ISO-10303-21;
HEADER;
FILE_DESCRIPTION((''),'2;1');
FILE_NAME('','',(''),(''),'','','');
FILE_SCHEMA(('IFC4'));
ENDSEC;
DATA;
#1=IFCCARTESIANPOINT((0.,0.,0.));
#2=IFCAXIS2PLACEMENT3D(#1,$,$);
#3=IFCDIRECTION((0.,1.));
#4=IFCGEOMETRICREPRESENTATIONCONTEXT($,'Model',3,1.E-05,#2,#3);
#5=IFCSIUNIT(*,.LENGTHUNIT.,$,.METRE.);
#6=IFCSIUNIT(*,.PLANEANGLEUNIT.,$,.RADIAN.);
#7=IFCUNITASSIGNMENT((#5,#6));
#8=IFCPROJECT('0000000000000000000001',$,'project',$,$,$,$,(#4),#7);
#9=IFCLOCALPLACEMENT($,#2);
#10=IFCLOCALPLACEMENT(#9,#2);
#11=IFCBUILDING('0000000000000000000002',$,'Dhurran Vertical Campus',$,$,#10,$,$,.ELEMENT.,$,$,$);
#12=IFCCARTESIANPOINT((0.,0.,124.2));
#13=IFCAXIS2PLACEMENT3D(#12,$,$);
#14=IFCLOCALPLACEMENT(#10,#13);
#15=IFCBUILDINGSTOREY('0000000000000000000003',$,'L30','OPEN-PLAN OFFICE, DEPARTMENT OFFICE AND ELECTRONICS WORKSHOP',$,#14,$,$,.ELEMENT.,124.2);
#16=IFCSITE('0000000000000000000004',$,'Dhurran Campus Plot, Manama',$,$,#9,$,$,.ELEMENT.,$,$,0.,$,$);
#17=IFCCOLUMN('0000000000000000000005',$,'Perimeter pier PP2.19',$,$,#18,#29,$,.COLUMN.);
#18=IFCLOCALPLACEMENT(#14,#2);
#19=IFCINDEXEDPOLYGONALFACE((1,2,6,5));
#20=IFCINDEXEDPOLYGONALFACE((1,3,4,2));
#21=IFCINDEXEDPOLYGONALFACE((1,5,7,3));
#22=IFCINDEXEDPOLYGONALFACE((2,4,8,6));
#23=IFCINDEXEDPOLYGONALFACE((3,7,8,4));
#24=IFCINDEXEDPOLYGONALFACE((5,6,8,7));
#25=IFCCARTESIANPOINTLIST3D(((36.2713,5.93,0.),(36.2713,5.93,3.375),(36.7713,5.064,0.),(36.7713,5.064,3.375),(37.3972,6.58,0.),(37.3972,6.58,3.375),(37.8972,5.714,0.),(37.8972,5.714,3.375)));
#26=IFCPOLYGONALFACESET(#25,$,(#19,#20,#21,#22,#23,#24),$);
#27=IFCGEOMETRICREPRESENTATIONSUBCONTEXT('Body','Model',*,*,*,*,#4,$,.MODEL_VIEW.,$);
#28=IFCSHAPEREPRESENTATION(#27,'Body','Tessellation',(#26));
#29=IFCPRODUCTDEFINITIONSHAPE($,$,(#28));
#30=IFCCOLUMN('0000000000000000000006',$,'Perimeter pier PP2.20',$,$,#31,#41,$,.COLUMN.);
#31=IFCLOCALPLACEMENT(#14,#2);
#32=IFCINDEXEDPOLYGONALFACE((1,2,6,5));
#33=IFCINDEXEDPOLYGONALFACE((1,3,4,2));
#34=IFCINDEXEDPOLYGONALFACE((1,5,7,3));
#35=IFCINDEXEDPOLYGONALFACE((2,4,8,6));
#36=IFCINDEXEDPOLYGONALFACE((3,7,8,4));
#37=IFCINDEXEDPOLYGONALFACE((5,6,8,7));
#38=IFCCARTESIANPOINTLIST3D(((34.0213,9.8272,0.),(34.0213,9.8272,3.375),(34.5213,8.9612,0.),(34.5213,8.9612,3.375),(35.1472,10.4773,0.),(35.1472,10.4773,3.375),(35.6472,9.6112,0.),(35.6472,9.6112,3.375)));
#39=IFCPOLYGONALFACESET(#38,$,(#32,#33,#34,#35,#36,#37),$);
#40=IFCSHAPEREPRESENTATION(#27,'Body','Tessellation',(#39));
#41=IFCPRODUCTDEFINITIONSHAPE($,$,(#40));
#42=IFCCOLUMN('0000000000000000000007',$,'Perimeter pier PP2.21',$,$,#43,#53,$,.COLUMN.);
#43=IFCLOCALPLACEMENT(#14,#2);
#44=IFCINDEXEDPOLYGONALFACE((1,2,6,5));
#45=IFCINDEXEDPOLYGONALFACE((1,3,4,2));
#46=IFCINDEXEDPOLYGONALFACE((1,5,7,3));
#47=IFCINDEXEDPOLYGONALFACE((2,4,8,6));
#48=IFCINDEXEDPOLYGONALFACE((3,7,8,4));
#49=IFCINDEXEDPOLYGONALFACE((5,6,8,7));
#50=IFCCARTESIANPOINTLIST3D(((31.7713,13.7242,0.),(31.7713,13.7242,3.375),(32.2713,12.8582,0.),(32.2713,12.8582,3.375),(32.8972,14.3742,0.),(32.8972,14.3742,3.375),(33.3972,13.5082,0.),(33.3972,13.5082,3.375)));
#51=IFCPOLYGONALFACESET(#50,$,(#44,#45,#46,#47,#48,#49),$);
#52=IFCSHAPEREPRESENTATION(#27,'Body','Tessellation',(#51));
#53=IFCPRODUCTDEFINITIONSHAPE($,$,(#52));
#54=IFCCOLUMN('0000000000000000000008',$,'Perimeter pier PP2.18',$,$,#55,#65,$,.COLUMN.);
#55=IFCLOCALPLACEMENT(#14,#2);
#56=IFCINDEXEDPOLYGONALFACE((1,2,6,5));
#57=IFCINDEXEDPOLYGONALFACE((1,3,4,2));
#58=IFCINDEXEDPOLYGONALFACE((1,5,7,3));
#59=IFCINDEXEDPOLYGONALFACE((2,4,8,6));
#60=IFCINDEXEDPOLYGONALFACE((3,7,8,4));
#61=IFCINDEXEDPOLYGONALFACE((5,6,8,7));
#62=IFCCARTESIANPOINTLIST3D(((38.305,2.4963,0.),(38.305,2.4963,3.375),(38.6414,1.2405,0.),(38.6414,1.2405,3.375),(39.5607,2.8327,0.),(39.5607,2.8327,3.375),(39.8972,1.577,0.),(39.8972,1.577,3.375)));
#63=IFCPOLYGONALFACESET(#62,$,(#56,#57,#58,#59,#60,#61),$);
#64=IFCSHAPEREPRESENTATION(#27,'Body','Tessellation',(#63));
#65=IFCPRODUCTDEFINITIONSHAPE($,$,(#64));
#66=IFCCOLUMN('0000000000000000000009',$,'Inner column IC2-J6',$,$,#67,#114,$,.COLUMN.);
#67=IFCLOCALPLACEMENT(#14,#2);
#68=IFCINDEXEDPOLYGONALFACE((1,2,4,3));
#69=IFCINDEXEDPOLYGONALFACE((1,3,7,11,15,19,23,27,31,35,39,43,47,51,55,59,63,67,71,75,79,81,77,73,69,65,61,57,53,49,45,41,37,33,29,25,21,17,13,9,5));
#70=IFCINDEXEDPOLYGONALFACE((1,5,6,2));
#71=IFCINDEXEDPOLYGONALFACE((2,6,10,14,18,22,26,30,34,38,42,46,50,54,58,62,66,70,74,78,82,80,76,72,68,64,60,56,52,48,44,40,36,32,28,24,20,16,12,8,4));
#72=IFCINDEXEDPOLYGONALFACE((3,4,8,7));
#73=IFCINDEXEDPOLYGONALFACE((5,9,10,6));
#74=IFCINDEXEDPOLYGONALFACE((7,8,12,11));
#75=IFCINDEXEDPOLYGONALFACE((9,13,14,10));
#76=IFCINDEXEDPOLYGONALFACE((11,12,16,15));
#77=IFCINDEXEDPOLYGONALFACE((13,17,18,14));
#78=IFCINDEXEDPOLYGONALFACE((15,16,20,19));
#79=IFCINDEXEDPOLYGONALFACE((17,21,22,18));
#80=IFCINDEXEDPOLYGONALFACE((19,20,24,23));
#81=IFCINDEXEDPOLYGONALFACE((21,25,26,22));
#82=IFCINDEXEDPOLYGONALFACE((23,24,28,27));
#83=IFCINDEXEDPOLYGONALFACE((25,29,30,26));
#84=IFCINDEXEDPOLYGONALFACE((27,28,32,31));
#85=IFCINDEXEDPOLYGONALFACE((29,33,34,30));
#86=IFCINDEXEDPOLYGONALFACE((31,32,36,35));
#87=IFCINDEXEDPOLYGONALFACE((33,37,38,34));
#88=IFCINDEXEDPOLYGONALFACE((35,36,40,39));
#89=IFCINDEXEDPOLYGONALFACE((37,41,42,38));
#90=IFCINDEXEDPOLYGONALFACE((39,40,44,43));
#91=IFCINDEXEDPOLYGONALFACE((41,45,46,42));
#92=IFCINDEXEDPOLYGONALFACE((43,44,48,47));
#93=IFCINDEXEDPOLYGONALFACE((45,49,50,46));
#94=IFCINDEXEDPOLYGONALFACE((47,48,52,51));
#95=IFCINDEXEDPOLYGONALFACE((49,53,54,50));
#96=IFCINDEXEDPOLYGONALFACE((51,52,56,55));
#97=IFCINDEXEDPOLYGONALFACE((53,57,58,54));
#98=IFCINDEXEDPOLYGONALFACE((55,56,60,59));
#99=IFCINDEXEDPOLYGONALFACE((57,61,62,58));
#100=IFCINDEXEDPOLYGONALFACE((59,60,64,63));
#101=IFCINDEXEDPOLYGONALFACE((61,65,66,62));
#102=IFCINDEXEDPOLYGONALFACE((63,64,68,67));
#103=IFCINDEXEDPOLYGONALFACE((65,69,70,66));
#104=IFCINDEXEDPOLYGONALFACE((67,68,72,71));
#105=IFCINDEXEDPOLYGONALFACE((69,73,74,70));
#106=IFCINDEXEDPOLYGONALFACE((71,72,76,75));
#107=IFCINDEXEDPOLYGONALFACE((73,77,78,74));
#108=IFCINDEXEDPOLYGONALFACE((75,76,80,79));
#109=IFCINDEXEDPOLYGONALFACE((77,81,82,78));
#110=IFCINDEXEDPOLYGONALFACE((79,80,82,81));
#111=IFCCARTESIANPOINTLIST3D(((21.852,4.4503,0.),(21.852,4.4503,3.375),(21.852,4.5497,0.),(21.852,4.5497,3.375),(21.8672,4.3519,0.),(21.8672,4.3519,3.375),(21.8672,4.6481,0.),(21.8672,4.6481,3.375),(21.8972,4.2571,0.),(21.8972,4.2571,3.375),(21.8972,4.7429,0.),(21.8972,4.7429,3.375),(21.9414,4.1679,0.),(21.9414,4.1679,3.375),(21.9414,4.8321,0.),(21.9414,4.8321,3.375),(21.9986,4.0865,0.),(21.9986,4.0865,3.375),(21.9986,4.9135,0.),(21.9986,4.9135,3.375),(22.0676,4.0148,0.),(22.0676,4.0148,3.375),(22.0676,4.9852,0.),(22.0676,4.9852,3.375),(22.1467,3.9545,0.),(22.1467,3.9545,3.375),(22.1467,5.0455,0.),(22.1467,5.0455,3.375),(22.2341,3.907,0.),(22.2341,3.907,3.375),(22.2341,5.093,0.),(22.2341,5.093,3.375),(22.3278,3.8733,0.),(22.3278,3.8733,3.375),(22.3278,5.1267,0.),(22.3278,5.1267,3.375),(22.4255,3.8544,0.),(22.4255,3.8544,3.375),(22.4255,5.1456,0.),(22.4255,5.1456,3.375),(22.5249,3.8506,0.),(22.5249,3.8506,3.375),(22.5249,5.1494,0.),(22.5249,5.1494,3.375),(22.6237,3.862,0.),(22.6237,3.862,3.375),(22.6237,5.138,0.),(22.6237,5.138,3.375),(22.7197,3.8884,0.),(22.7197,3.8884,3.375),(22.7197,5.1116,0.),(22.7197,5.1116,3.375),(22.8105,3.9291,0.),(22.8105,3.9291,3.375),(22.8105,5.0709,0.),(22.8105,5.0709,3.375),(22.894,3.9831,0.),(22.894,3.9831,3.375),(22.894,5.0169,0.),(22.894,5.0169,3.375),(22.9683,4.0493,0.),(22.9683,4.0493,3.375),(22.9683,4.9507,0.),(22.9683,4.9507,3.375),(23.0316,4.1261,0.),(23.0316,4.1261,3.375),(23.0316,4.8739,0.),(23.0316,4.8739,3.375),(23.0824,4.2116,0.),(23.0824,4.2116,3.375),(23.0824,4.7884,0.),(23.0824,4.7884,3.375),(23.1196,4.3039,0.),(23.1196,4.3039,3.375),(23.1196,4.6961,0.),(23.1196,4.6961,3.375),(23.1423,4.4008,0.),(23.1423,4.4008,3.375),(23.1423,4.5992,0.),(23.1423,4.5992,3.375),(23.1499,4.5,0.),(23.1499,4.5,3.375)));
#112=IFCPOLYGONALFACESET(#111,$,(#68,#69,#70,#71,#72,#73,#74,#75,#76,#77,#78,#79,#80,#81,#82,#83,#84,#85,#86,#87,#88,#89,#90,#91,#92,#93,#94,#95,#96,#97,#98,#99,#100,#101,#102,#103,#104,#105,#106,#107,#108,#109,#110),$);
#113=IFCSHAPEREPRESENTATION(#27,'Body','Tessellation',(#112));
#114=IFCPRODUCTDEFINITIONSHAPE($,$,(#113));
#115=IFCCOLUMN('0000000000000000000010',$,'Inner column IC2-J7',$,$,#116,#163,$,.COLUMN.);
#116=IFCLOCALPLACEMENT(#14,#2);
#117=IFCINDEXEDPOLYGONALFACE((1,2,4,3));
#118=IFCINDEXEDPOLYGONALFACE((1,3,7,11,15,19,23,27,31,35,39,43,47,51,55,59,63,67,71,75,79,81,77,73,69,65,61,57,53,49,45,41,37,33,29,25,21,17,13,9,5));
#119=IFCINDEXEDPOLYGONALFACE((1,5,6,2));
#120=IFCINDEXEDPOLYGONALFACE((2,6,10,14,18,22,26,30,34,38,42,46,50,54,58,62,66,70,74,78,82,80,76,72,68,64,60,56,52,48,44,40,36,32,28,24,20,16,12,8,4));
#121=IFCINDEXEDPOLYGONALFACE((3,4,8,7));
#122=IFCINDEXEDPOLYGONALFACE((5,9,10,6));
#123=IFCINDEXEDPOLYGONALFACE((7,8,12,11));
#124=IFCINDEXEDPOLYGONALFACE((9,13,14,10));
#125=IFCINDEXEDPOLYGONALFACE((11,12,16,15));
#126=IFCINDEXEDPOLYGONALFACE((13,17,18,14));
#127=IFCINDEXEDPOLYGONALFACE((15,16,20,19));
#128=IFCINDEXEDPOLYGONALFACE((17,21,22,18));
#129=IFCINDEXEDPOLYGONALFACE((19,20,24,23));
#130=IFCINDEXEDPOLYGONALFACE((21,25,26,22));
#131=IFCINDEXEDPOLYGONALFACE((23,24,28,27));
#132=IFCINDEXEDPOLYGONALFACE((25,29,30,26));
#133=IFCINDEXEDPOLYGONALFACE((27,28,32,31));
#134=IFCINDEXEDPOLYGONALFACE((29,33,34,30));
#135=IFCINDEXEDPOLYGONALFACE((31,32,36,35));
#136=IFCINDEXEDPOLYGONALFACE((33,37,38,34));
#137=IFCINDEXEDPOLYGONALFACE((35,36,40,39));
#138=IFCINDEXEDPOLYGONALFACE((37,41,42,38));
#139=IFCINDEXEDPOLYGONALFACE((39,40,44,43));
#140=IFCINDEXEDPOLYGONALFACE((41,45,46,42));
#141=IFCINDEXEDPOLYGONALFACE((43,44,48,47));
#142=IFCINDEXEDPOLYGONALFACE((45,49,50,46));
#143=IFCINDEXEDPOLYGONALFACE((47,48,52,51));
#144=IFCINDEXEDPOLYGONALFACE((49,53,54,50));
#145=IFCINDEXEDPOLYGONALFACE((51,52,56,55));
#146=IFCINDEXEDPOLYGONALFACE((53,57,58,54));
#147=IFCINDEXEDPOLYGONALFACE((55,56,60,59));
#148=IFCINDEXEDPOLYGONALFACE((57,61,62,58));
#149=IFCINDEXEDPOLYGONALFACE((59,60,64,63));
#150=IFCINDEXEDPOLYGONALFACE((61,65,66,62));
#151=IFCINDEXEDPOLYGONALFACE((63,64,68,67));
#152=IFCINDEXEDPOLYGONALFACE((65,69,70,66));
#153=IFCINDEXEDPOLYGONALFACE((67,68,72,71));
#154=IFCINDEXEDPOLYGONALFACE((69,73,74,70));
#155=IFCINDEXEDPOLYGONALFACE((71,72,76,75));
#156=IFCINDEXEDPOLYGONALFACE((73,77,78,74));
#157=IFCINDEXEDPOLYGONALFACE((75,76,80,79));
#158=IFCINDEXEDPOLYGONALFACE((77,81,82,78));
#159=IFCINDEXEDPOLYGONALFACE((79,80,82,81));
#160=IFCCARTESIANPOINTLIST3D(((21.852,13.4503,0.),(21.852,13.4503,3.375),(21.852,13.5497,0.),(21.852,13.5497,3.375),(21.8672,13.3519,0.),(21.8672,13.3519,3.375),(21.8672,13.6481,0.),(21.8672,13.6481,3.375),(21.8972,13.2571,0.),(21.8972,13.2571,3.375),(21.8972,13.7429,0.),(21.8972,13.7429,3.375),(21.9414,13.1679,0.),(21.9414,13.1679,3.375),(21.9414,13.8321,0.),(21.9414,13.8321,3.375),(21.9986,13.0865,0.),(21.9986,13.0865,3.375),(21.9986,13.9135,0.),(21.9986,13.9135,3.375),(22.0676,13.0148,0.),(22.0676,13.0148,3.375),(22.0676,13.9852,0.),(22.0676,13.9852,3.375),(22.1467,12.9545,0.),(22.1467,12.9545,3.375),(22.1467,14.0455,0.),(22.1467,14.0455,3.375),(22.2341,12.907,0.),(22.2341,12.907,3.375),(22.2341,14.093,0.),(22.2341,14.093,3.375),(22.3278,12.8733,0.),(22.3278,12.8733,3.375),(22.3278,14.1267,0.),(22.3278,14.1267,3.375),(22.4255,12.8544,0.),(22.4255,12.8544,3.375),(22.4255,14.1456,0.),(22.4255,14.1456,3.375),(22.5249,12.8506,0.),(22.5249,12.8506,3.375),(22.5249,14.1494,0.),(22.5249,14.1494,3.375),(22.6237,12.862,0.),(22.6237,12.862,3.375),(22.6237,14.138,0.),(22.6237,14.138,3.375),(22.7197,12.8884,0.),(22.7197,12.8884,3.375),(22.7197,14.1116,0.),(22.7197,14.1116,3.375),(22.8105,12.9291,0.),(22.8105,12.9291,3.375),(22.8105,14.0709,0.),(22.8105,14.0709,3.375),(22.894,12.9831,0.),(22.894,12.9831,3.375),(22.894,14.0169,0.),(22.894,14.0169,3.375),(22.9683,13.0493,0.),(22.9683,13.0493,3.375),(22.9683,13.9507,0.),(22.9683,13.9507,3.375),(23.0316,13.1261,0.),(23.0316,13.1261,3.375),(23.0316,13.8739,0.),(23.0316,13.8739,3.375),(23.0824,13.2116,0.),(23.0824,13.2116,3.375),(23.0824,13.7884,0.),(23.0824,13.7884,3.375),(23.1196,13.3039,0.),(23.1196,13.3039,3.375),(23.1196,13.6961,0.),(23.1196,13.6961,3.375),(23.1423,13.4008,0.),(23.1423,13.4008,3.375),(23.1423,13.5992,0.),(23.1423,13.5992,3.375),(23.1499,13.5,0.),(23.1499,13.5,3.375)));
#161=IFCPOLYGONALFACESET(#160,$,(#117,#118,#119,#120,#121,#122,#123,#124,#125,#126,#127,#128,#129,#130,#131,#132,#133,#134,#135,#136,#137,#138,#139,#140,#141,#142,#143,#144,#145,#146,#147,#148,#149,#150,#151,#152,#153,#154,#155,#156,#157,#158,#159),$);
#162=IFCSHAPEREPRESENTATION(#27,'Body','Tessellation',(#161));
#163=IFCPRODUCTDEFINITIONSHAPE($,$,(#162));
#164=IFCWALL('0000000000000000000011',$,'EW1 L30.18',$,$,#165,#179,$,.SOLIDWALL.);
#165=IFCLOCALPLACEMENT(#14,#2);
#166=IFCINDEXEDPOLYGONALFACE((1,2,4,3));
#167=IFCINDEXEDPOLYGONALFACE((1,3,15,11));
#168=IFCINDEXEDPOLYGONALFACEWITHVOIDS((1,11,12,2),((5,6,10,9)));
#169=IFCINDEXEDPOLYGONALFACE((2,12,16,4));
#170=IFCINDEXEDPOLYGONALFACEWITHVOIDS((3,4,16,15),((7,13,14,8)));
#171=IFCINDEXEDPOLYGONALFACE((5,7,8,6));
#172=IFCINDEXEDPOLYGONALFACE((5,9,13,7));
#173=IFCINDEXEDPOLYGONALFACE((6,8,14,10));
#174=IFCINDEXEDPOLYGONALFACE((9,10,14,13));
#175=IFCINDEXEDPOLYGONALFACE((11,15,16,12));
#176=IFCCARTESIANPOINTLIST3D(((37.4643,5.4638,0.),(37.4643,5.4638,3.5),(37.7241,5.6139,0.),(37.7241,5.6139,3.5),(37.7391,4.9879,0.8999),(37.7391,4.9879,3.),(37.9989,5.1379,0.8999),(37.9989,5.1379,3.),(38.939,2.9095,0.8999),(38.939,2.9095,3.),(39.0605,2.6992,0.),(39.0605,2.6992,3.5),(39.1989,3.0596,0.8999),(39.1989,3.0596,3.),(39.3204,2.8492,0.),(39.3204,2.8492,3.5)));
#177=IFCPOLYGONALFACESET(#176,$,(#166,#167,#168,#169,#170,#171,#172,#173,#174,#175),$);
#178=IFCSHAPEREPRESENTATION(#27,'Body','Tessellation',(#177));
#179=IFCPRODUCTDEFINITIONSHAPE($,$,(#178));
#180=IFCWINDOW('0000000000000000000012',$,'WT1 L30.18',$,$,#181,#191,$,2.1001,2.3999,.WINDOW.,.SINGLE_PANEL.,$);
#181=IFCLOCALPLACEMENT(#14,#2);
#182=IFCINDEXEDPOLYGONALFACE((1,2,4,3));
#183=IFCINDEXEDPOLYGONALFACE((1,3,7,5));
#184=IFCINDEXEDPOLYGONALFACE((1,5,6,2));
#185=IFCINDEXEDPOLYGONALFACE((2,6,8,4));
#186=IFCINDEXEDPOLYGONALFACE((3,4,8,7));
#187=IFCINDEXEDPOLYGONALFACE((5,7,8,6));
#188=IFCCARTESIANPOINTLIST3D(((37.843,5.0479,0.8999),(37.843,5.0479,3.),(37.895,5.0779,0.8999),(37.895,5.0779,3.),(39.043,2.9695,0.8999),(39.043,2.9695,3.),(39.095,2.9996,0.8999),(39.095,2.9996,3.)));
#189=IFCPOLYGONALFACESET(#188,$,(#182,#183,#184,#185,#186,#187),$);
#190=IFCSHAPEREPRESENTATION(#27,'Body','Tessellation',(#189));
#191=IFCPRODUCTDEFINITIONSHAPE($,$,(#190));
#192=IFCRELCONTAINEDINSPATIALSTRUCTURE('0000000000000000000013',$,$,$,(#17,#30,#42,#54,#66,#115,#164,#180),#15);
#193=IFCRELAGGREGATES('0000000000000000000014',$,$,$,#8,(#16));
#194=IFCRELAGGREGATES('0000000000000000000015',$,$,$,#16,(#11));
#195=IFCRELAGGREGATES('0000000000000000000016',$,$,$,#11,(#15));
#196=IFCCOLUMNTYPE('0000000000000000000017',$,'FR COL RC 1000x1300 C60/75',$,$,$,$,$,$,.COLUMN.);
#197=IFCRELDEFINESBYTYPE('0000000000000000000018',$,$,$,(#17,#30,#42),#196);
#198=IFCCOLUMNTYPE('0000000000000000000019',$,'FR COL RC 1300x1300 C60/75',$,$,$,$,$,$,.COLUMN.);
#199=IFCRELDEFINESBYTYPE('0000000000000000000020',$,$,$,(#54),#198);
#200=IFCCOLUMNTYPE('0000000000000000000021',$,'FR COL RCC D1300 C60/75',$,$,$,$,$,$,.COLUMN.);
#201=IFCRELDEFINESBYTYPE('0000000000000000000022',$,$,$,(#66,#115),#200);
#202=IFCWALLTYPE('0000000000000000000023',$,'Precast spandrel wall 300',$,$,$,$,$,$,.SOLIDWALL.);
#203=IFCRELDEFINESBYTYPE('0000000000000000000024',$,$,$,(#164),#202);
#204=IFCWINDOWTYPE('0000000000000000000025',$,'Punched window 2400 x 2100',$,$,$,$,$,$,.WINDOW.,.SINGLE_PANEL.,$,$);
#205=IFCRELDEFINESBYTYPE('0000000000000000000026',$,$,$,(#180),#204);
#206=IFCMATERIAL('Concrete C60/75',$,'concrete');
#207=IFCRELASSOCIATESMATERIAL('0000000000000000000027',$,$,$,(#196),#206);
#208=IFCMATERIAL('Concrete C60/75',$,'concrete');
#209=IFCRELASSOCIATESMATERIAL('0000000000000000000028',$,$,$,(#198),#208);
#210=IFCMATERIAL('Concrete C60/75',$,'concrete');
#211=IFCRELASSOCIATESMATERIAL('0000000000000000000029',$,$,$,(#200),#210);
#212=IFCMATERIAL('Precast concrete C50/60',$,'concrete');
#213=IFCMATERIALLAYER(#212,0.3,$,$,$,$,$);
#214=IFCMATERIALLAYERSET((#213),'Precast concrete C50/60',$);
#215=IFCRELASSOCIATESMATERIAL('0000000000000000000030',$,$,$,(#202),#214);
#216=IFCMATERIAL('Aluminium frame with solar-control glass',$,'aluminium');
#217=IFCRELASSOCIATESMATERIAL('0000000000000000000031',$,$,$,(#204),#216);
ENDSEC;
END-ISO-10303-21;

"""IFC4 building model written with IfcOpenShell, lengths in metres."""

from ifc_helpers import new_model, si_unit, direction, frame, frame_2d, origin, origin_2d, place, context, subcontext, project, spatial, rectangle, circle, extrude, material, layer, layer_set, material_profile, profile_set, type_object, element, fill, save


model = new_model("IFC4")

# Units and contexts
model_context = context("Model", 3, precision=1e-05, world=origin(), true_north=direction((0.0, 1.0)))
body_context = subcontext(model_context, "Body", "Model", "MODEL_VIEW")
ifc_project = project(units=[si_unit("LENGTHUNIT", "METRE"), si_unit("PLANEANGLEUNIT", "RADIAN")], contexts=[model_context])

# Site, building, storey
site_placement = place(None, origin())
site = spatial("IfcSite", under=ifc_project, at=site_placement, Name="Dhurran Campus Plot, Manama", CompositionType="ELEMENT", RefElevation=0.0)
building_placement = place(site_placement, origin())
building = spatial("IfcBuilding", under=site, at=building_placement, Name="Dhurran Vertical Campus", CompositionType="ELEMENT")
storey_placement = place(building_placement, frame((0.0, 0.0, 124.2)))
storey = spatial("IfcBuildingStorey", under=building, at=storey_placement, Name="L30", Description="OPEN-PLAN OFFICE, DEPARTMENT OFFICE AND ELECTRONICS WORKSHOP", CompositionType="ELEMENT", Elevation=124.2)

# Columns
ifc_material_1 = material(Name="Concrete C60/75", Category="concrete")
ifc_material_profile_1 = material_profile(ifc_material_1, rectangle(XDim=1.0, YDim=1.3, at=origin_2d()), Name="RC 1000x1300")
ifc_profile_set_1 = profile_set([ifc_material_profile_1], Name="Concrete C60/75")
column_type_1 = type_object("IfcColumnType", Name="FR COL RC 1000x1300 C60/75", PredefinedType="COLUMN", material=ifc_profile_set_1)
for number, where, z_axis, x_axis, name in (
    (1, (37.0842, 5.822, 0.0), (0.0, 0.0, 1.0), (-0.5, 0.866025, 0.0), "Perimeter pier PP2.19"),
    (2, (34.8342, 9.7192, 0.0), (0.0, 0.0, 1.0), (-0.5, 0.866025, 0.0), "Perimeter pier PP2.20"),
    (3, (32.5842, 13.6162, 0.0), (0.0, 0.0, 1.0), (-0.5, 0.866025, 0.0), "Perimeter pier PP2.21"),
):
    element("IfcColumn", number, at=place(storey_placement, frame(where, z_axis=z_axis, x_axis=x_axis)), inside=storey, type_object=column_type_1, Name=name, PredefinedType="COLUMN", context=body_context, shape_type="SweptSolid", body=[
        extrude(rectangle(XDim=1.0, YDim=1.3, at=origin_2d()), origin(), (0.0, 0.0, 1.0), 3.375),
    ])
ifc_material_2 = material(Name="Concrete C60/75", Category="concrete")
ifc_material_profile_2 = material_profile(ifc_material_2, rectangle(XDim=1.3, YDim=1.3, at=origin_2d()), Name="RC 1300x1300")
ifc_profile_set_2 = profile_set([ifc_material_profile_2], Name="Concrete C60/75")
column_type_2 = type_object("IfcColumnType", Name="FR COL RC 1300x1300 C60/75", PredefinedType="COLUMN", material=ifc_profile_set_2)
column_placement = place(storey_placement, frame((39.1011, 2.0366, 0.0), z_axis=(0.0, 0.0, 1.0), x_axis=(-0.258819, 0.965926, 0.0)))
element("IfcColumn", 4, at=column_placement, inside=storey, type_object=column_type_2, Name="Perimeter pier PP2.18", PredefinedType="COLUMN", context=body_context, shape_type="SweptSolid", body=[
    extrude(rectangle(XDim=1.3, YDim=1.3, at=origin_2d()), origin(), (0.0, 0.0, 1.0), 3.375),
])
ifc_material_3 = material(Name="Concrete C60/75", Category="concrete")
ifc_material_profile_3 = material_profile(ifc_material_3, circle(Radius=0.6499, at=origin_2d()), Name="RCC D1300")
ifc_profile_set_3 = profile_set([ifc_material_profile_3], Name="Concrete C60/75")
column_type_3 = type_object("IfcColumnType", Name="FR COL RCC D1300 C60/75", PredefinedType="COLUMN", material=ifc_profile_set_3)
for number, where, z_axis, x_axis, name in (
    (5, (22.5, 4.5, 0.0), (0.0, 0.0, 1.0), (1.0, 0.0, 0.0), "Inner column IC2-J6"),
    (6, (22.5, 13.5, 0.0), (0.0, 0.0, 1.0), (1.0, 0.0, 0.0), "Inner column IC2-J7"),
):
    element("IfcColumn", number, at=place(storey_placement, frame(where, z_axis=z_axis, x_axis=x_axis)), inside=storey, type_object=column_type_3, Name=name, PredefinedType="COLUMN", context=body_context, shape_type="SweptSolid", body=[
        extrude(circle(Radius=0.6499, at=origin_2d()), origin(), (0.0, 0.0, 1.0), 3.375),
    ])

# Wall, opening, window
ifc_material_4 = material(Name="Precast concrete C50/60", Category="concrete")
ifc_layer_1 = layer(ifc_material_4, 0.3)
ifc_layer_set_1 = layer_set([ifc_layer_1], Name="Precast concrete C50/60")
wall_type_1 = type_object("IfcWallType", Name="Precast spandrel wall 300", PredefinedType="SOLIDWALL", material=ifc_layer_set_1)
wall_1_placement = place(storey_placement, frame((39.1904, 2.7742, 0.0), z_axis=(0.0, 0.0, 1.0), x_axis=(-0.500005, 0.866023, 0.0)))
wall_1 = element("IfcWall", 7, at=wall_1_placement, inside=storey, type_object=wall_type_1, Name="EW1 L30.18", PredefinedType="SOLIDWALL", context=body_context, shape_type="SweptSolid", body=[
    extrude(rectangle(XDim=3.1924, YDim=0.3, at=frame_2d((1.5962, 0.0))), origin(), (0.0, 0.0, 1.0), 3.5),
])
opening_1_placement = place(wall_1_placement, frame((0.2429, 0.0, 0.8999)))
opening_1 = element("IfcOpeningElement", 8, at=opening_1_placement, cuts=wall_1, PredefinedType="OPENING", context=body_context, shape_type="SweptSolid", body=[
    extrude(rectangle(XDim=2.3999, YDim=2.1001, at=frame_2d((1.2, 1.05))), frame((0.0, 0.1599, 0.0), z_axis=(0.0, -1.0, 0.0), x_axis=(1.0, 0.0, 0.0)), (0.0, 0.0, 1.0), 0.3201),
])
ifc_material_5 = material(Name="Aluminium frame with solar-control glass", Category="aluminium")
window_type = type_object("IfcWindowType", Name="Punched window 2400 x 2100", PartitioningType="SINGLE_PANEL", PredefinedType="WINDOW", material=ifc_material_5)
window_1_placement = place(opening_1_placement, origin())
window_1 = element("IfcWindow", 9, at=window_1_placement, inside=storey, type_object=window_type, Name="WT1 L30.18", OverallHeight=2.1001, OverallWidth=2.3999, PartitioningType="SINGLE_PANEL", PredefinedType="WINDOW", context=body_context, shape_type="SweptSolid", body=[
    extrude(rectangle(XDim=2.3999, YDim=2.1001, at=frame_2d((1.2, 1.05))), frame((0.0, 0.03, 0.0), z_axis=(0.0, -1.0, 0.0), x_axis=(1.0, 0.0, 0.0)), (0.0, 0.0, 1.0), 0.0601),
])
fill(opening_1, window_1)

save(model, "model.ifc")
